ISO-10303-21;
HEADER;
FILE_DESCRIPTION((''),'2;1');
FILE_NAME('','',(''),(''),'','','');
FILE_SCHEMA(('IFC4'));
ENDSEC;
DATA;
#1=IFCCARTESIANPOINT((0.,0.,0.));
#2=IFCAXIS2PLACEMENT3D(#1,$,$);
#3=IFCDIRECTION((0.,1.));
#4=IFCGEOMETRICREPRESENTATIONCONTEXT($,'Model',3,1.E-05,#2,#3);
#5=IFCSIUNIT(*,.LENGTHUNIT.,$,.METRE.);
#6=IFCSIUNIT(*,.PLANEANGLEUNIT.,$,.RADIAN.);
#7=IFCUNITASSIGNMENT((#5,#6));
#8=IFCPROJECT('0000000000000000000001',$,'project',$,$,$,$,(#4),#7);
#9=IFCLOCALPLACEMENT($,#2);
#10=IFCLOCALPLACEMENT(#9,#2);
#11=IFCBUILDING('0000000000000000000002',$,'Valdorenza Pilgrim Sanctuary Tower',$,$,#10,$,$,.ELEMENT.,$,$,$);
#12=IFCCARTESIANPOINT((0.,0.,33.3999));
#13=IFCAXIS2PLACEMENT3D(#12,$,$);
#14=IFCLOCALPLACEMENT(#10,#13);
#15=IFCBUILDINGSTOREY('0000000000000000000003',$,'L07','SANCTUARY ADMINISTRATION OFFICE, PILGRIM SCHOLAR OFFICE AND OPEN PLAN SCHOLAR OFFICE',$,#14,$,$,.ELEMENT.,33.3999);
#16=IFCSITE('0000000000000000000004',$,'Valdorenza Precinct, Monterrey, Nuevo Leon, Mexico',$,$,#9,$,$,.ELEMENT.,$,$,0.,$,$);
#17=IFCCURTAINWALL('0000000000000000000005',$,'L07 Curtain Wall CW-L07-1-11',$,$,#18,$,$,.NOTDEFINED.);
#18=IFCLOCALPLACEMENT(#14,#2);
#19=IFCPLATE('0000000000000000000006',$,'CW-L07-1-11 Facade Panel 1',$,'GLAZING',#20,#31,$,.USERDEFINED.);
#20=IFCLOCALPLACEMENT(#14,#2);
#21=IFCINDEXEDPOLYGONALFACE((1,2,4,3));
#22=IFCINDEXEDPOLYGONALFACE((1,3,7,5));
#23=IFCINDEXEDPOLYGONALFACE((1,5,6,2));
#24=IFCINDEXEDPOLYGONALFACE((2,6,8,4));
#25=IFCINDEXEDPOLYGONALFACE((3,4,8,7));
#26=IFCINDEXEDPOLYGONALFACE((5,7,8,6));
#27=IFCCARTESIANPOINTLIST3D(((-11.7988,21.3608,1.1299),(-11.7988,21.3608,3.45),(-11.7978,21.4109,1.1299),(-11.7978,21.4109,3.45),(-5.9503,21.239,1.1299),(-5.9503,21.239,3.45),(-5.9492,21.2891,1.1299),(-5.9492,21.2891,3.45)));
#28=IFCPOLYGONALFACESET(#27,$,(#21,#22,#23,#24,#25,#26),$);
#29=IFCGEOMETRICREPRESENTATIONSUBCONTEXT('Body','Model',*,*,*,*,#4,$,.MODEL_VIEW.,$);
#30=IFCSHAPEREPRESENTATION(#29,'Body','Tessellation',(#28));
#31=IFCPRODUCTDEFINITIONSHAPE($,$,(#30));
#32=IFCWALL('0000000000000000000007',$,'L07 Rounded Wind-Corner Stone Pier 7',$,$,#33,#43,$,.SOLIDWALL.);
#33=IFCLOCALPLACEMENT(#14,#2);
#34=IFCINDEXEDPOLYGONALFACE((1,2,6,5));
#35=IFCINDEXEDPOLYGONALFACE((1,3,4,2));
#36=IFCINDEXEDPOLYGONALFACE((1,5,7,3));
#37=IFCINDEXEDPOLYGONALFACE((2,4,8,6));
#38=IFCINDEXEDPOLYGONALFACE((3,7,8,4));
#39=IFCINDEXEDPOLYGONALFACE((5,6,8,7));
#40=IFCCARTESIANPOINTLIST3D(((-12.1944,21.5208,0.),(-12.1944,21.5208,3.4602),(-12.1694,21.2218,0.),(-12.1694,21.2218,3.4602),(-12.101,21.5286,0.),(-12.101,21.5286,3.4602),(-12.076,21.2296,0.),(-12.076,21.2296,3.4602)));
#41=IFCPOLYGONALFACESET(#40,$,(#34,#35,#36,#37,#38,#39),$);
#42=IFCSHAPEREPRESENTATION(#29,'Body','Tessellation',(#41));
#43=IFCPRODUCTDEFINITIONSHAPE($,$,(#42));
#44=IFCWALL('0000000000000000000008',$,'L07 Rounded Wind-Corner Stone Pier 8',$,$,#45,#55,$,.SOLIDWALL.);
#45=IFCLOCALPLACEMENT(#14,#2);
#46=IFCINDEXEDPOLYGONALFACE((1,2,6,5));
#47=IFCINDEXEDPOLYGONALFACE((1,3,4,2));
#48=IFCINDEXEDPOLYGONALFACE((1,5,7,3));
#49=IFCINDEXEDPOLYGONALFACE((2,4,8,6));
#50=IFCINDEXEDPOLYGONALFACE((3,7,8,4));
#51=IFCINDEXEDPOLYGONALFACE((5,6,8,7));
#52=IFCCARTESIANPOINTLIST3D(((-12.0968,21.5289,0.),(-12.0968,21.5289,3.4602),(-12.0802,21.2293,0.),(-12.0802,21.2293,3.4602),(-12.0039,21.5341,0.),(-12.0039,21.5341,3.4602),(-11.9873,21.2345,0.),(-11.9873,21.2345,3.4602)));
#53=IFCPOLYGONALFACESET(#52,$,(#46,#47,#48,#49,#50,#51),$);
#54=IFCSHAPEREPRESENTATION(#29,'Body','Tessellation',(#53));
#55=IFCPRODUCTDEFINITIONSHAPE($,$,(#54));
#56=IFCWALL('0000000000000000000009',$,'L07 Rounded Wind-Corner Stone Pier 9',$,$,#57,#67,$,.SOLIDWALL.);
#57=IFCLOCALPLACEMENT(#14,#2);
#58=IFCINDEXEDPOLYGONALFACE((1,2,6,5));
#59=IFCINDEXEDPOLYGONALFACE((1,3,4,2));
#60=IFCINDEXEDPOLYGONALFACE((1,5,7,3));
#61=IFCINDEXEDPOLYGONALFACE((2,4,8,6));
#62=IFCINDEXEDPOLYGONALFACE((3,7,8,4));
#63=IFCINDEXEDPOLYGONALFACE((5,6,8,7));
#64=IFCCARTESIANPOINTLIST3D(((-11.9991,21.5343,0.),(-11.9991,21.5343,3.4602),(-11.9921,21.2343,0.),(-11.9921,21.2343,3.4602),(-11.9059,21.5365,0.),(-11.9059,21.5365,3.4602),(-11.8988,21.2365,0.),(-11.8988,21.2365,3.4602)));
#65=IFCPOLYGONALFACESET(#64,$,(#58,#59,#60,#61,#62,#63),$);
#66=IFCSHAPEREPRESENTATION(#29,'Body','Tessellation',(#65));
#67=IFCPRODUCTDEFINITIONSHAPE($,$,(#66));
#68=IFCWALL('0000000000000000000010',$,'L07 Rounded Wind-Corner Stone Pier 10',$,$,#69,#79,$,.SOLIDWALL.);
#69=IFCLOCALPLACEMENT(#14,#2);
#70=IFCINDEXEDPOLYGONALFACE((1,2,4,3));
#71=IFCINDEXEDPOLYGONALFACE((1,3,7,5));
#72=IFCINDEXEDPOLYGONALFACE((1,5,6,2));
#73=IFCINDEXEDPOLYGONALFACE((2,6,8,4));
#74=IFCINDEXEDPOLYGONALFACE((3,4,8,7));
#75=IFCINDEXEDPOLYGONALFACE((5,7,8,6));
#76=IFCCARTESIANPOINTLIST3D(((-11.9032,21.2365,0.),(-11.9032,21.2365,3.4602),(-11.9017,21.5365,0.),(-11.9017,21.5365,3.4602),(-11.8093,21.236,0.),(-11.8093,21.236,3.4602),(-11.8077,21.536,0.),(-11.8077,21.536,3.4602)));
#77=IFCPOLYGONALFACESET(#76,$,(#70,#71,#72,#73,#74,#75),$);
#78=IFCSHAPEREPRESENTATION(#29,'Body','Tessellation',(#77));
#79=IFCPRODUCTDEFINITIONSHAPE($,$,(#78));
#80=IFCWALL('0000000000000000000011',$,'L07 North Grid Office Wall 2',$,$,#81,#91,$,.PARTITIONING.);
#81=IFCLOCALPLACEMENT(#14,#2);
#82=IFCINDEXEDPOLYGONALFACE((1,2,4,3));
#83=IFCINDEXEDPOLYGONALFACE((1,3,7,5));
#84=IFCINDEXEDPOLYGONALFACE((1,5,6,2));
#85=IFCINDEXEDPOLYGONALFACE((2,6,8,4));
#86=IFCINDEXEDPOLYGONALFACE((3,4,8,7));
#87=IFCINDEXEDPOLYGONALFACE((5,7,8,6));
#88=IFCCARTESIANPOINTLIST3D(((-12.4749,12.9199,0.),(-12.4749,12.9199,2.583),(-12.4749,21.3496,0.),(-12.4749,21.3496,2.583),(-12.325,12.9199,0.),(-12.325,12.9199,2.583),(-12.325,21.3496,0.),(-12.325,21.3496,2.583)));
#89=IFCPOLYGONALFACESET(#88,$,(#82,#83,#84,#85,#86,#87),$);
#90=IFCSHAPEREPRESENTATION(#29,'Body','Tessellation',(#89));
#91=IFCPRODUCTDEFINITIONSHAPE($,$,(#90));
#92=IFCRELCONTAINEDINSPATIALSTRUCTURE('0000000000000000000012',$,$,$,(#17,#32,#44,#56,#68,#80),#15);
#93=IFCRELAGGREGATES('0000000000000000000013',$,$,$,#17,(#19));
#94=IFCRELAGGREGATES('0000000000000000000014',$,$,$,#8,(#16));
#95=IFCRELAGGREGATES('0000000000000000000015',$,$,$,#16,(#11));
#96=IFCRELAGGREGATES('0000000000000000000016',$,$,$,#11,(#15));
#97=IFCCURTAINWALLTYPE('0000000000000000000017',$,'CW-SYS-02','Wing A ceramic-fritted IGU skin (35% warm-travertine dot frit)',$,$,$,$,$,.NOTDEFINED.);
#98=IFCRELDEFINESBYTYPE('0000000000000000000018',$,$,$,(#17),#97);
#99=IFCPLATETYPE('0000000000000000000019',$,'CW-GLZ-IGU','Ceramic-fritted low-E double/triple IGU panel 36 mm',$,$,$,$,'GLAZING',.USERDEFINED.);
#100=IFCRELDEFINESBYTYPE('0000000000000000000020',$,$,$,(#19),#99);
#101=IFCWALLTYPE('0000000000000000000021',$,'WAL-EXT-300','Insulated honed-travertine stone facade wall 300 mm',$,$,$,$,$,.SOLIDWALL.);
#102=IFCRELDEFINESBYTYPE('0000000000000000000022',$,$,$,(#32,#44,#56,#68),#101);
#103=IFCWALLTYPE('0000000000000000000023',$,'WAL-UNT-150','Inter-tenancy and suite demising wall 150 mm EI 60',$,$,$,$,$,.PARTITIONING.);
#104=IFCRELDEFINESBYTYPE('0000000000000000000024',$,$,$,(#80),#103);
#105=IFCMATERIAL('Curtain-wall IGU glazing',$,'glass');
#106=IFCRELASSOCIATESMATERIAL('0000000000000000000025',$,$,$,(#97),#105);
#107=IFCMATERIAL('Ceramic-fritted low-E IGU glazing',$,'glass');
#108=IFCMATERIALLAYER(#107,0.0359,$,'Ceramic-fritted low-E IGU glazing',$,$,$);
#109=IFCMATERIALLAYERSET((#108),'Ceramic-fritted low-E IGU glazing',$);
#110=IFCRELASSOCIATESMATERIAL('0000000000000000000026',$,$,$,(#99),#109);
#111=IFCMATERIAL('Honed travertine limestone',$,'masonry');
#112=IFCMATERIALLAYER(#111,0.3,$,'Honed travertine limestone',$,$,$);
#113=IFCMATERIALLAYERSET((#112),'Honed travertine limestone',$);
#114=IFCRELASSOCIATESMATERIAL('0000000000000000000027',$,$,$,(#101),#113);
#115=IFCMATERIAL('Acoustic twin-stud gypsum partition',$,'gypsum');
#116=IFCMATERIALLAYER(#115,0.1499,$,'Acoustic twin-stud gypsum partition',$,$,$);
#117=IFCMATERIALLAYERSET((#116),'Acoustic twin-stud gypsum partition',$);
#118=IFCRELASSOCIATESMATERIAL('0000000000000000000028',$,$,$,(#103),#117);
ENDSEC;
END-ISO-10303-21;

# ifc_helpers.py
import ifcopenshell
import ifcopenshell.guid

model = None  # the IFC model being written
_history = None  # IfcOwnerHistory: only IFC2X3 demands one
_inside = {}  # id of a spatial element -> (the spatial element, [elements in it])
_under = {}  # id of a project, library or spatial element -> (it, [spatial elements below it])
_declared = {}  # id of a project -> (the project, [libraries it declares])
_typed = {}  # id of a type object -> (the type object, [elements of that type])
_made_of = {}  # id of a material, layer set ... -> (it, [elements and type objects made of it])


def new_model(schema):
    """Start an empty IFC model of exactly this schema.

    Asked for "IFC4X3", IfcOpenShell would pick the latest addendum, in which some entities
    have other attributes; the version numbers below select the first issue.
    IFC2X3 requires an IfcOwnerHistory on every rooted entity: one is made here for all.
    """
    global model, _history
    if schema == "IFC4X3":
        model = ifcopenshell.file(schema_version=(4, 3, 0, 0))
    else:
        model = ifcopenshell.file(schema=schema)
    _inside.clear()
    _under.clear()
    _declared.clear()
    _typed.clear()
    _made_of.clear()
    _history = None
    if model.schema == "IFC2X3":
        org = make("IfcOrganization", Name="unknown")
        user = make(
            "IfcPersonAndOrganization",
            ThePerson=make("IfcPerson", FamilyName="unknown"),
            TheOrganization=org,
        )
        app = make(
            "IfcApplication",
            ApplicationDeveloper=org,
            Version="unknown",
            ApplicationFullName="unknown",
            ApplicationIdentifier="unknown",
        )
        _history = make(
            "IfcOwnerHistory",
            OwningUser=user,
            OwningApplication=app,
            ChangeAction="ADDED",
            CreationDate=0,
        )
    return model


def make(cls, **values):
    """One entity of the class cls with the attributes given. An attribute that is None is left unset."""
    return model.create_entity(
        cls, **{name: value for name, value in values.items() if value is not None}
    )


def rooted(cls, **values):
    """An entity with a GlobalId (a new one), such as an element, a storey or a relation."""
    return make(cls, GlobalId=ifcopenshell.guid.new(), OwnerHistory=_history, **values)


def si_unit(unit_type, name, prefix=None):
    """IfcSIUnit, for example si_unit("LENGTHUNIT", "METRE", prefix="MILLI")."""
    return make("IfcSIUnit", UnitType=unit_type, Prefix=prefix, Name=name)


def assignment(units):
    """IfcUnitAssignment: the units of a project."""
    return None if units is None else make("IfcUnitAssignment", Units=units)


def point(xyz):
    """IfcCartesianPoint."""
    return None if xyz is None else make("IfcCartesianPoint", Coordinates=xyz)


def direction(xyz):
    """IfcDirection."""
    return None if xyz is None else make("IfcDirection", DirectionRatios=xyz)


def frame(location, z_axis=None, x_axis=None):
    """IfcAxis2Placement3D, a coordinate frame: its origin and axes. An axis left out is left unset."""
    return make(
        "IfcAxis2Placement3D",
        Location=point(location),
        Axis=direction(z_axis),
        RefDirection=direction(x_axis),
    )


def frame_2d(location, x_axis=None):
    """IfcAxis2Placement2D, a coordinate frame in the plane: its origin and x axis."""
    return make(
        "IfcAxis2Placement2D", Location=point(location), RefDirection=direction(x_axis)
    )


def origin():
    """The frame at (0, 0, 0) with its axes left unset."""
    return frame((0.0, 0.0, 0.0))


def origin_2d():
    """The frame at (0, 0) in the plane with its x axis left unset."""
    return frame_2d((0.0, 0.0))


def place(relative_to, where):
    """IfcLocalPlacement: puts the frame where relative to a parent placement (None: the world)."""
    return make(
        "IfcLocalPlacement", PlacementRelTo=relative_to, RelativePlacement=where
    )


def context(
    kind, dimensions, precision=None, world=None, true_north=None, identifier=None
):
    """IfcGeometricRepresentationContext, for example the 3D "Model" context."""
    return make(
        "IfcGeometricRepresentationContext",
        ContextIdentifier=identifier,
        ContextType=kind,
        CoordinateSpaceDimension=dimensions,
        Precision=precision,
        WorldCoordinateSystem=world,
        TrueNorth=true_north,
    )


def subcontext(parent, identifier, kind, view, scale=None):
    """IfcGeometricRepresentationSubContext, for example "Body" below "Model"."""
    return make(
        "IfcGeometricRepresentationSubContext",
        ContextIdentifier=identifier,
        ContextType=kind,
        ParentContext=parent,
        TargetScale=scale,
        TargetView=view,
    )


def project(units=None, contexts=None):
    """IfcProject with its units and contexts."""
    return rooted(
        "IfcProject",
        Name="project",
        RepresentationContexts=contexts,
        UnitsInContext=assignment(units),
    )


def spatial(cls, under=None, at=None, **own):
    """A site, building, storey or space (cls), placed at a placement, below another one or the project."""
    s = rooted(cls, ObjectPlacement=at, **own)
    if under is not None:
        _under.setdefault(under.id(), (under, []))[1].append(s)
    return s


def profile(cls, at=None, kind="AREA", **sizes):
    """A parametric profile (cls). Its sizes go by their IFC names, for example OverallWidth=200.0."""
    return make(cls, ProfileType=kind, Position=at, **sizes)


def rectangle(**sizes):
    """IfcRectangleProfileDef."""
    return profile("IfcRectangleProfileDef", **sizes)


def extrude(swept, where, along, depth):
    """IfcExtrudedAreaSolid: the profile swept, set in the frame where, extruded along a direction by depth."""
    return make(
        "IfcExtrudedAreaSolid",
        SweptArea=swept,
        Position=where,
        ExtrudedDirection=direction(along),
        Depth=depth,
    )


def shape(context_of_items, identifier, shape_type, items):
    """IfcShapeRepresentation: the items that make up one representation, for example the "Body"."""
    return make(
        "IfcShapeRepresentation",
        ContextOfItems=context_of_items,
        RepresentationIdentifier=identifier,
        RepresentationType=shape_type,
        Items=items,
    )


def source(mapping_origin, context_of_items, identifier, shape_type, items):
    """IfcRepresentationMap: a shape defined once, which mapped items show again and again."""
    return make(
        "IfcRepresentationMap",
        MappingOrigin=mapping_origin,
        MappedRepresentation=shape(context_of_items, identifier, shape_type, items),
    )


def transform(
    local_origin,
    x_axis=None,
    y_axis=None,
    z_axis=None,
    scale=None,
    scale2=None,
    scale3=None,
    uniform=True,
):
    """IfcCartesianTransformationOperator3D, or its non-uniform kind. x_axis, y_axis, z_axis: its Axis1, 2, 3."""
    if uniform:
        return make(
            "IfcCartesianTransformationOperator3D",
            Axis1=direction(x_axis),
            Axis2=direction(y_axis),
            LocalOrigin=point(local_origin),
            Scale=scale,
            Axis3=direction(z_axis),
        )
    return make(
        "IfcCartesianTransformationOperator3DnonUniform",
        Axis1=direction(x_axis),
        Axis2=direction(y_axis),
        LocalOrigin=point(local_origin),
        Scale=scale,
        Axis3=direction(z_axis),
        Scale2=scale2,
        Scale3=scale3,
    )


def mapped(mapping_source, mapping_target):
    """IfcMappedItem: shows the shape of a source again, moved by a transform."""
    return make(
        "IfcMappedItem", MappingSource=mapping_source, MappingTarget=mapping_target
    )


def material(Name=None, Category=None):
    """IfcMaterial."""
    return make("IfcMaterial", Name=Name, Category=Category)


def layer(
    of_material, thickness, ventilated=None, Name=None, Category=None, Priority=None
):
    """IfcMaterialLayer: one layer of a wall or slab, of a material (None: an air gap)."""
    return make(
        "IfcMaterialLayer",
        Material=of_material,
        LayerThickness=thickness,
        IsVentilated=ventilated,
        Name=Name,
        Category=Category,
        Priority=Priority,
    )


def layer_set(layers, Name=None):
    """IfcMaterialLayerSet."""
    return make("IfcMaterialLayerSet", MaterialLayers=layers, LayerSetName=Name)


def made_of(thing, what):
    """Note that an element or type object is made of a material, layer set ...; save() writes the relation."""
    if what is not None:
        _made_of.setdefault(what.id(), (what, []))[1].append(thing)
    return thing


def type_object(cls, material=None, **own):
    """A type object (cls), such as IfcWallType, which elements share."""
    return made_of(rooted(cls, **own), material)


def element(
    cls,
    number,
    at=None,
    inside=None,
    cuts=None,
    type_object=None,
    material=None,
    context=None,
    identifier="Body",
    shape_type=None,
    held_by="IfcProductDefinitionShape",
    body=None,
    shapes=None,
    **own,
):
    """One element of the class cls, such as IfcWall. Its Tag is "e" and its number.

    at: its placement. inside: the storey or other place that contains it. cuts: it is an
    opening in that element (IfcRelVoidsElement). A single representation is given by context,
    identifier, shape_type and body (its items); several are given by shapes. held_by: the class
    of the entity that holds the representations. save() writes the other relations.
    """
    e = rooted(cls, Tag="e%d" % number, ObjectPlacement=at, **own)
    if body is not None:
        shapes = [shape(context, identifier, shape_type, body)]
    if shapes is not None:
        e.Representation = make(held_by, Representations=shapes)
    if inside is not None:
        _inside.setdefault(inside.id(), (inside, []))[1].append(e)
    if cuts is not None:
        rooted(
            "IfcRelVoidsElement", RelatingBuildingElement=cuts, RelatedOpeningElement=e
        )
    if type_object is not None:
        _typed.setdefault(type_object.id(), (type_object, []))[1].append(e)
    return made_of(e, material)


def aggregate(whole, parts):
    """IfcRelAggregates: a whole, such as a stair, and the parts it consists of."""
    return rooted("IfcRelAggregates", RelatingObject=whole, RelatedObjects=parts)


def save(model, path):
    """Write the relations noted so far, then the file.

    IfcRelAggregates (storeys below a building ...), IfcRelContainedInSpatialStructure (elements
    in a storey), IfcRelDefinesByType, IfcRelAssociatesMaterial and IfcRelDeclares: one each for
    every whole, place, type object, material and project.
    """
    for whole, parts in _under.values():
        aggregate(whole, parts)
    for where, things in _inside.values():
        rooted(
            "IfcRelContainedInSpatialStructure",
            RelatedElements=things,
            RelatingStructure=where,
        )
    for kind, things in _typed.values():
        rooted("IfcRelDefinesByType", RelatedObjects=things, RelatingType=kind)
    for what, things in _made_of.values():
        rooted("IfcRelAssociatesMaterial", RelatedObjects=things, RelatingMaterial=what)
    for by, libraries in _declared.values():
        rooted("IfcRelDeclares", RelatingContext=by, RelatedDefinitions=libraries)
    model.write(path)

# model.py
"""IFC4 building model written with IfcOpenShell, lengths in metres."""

from ifc_helpers import new_model, si_unit, direction, frame, frame_2d, origin, origin_2d, place, context, subcontext, project, spatial, rectangle, extrude, source, transform, mapped, material, layer, layer_set, type_object, element, aggregate, save


model = new_model("IFC4")

# Units and contexts
model_context = context("Model", 3, precision=1e-05, world=origin(), true_north=direction((0.0, 1.0)))
body_context = subcontext(model_context, "Body", "Model", "MODEL_VIEW")
ifc_project = project(units=[si_unit("LENGTHUNIT", "METRE"), si_unit("PLANEANGLEUNIT", "RADIAN")], contexts=[model_context])

# Site, building, storey
site_placement = place(None, origin())
site = spatial("IfcSite", under=ifc_project, at=site_placement, Name="Valdorenza Precinct, Monterrey, Nuevo Leon, Mexico", CompositionType="ELEMENT", RefElevation=0.0)
building_placement = place(site_placement, origin())
building = spatial("IfcBuilding", under=site, at=building_placement, Name="Valdorenza Pilgrim Sanctuary Tower", CompositionType="ELEMENT")
storey_placement = place(building_placement, frame((0.0, 0.0, 33.3999)))
storey = spatial("IfcBuildingStorey", under=building, at=storey_placement, Name="L07", Description="SANCTUARY ADMINISTRATION OFFICE, PILGRIM SCHOLAR OFFICE AND OPEN PLAN SCHOLAR OFFICE", CompositionType="ELEMENT", Elevation=33.3999)

# Curtain wall
ifc_material_1 = material(Name="Curtain-wall IGU glazing", Category="glass")
curtain_wall_type = type_object("IfcCurtainWallType", Name="CW-SYS-02", Description="Wing A ceramic-fritted IGU skin (35% warm-travertine dot frit)", PredefinedType="NOTDEFINED", material=ifc_material_1)
curtain_wall_1_placement = place(storey_placement, origin())
curtain_wall_1 = element("IfcCurtainWall", 1, at=curtain_wall_1_placement, inside=storey, type_object=curtain_wall_type, Name="L07 Curtain Wall CW-L07-1-11", PredefinedType="NOTDEFINED")

# Plate
ifc_material_2 = material(Name="Honed travertine limestone", Category="masonry")
ifc_material_3 = material(Name="Ceramic-fritted low-E IGU glazing", Category="glass")
ifc_layer_1 = layer(ifc_material_3, 0.0359, Name="Ceramic-fritted low-E IGU glazing")
ifc_layer_set_1 = layer_set([ifc_layer_1], Name="Ceramic-fritted low-E IGU glazing")
plate_type_1 = type_object("IfcPlateType", Name="CW-GLZ-IGU", Description="Ceramic-fritted low-E double/triple IGU panel 36 mm", ElementType="GLAZING", PredefinedType="USERDEFINED", material=ifc_layer_set_1)
shared_shape_1 = source(origin(), body_context, "Body", "SweptSolid", [
    extrude(rectangle(XDim=5.8499, YDim=0.05, at=origin_2d()), origin(), (0.0, 0.0, 1.0), 2.3201),
])
plate_1_placement = place(storey_placement, frame((-8.874, 21.325, 1.1299), z_axis=(0.0, 0.0, 1.0), x_axis=(0.999783, -0.02082, 0.0)))
plate_1 = element("IfcPlate", 2, at=plate_1_placement, type_object=plate_type_1, Name="CW-L07-1-11 Facade Panel 1", ObjectType="GLAZING", PredefinedType="USERDEFINED", context=body_context, shape_type="MappedRepresentation", body=[
    mapped(shared_shape_1, transform((0.0, 0.0, 0.0), x_axis=(1.0, 0.0, 0.0), y_axis=(0.0, 1.0, 0.0), z_axis=(0.0, 0.0, 1.0), scale=1.0)),
])
aggregate(curtain_wall_1, [plate_1])

# Walls
ifc_layer_2 = layer(ifc_material_2, 0.3, Name="Honed travertine limestone")
ifc_layer_set_2 = layer_set([ifc_layer_2], Name="Honed travertine limestone")
wall_type_1 = type_object("IfcWallType", Name="WAL-EXT-300", Description="Insulated honed-travertine stone facade wall 300 mm", PredefinedType="SOLIDWALL", material=ifc_layer_set_2)
wall_1_placement = place(storey_placement, frame((-12.1819, 21.3713, 0.0), z_axis=(0.0, 0.0, 1.0), x_axis=(0.996528, 0.083261, 0.0)))
element("IfcWall", 3, at=wall_1_placement, inside=storey, type_object=wall_type_1, Name="L07 Rounded Wind-Corner Stone Pier 7", PredefinedType="SOLIDWALL", context=body_context, shape_type="SweptSolid", body=[
    extrude(rectangle(XDim=0.0938, YDim=0.3, at=frame_2d((0.0469, 0.0))), origin(), (0.0, 0.0, 1.0), 3.4602),
])
wall_2_placement = place(storey_placement, frame((-12.0884, 21.3792, 0.0), z_axis=(0.0, 0.0, 1.0), x_axis=(0.998476, 0.055179, 0.0)))
element("IfcWall", 4, at=wall_2_placement, inside=storey, type_object=wall_type_1, Name="L07 Rounded Wind-Corner Stone Pier 8", PredefinedType="SOLIDWALL", context=body_context, shape_type="SweptSolid", body=[
    extrude(rectangle(XDim=0.093, YDim=0.3, at=frame_2d((0.0464, 0.0))), origin(), (0.0, 0.0, 1.0), 3.4602),
])
wall_3_placement = place(storey_placement, frame((-11.9956, 21.3843, 0.0), z_axis=(0.0, 0.0, 1.0), x_axis=(0.999723, 0.023554, 0.0)))
element("IfcWall", 5, at=wall_3_placement, inside=storey, type_object=wall_type_1, Name="L07 Rounded Wind-Corner Stone Pier 9", PredefinedType="SOLIDWALL", context=body_context, shape_type="SweptSolid", body=[
    extrude(rectangle(XDim=0.0933, YDim=0.3, at=frame_2d((0.0466, 0.0))), origin(), (0.0, 0.0, 1.0), 3.4602),
])
wall_4_placement = place(storey_placement, frame((-11.9023, 21.3865, 0.0), z_axis=(0.0, 0.0, 1.0), x_axis=(0.999987, -0.005195, 0.0)))
element("IfcWall", 6, at=wall_4_placement, inside=storey, type_object=wall_type_1, Name="L07 Rounded Wind-Corner Stone Pier 10", PredefinedType="SOLIDWALL", context=body_context, shape_type="SweptSolid", body=[
    extrude(rectangle(XDim=0.094, YDim=0.3, at=frame_2d((0.0469, 0.0))), origin(), (0.0, 0.0, 1.0), 3.4602),
])
ifc_material_4 = material(Name="Acoustic twin-stud gypsum partition", Category="gypsum")
ifc_layer_3 = layer(ifc_material_4, 0.1499, Name="Acoustic twin-stud gypsum partition")
ifc_layer_set_3 = layer_set([ifc_layer_3], Name="Acoustic twin-stud gypsum partition")
wall_type_2 = type_object("IfcWallType", Name="WAL-UNT-150", Description="Inter-tenancy and suite demising wall 150 mm EI 60", PredefinedType="PARTITIONING", material=ifc_layer_set_3)
wall_5_placement = place(storey_placement, frame((-12.3999, 12.9199, 0.0), z_axis=(0.0, 0.0, 1.0), x_axis=(0.0, 1.0, 0.0)))
element("IfcWall", 7, at=wall_5_placement, inside=storey, type_object=wall_type_2, Name="L07 North Grid Office Wall 2", PredefinedType="PARTITIONING", context=body_context, shape_type="SweptSolid", body=[
    extrude(rectangle(XDim=8.4297, YDim=0.1499, at=frame_2d((4.2148, 0.0))), origin(), (0.0, 0.0, 1.0), 2.583),
])

save(model, "model.ifc")
